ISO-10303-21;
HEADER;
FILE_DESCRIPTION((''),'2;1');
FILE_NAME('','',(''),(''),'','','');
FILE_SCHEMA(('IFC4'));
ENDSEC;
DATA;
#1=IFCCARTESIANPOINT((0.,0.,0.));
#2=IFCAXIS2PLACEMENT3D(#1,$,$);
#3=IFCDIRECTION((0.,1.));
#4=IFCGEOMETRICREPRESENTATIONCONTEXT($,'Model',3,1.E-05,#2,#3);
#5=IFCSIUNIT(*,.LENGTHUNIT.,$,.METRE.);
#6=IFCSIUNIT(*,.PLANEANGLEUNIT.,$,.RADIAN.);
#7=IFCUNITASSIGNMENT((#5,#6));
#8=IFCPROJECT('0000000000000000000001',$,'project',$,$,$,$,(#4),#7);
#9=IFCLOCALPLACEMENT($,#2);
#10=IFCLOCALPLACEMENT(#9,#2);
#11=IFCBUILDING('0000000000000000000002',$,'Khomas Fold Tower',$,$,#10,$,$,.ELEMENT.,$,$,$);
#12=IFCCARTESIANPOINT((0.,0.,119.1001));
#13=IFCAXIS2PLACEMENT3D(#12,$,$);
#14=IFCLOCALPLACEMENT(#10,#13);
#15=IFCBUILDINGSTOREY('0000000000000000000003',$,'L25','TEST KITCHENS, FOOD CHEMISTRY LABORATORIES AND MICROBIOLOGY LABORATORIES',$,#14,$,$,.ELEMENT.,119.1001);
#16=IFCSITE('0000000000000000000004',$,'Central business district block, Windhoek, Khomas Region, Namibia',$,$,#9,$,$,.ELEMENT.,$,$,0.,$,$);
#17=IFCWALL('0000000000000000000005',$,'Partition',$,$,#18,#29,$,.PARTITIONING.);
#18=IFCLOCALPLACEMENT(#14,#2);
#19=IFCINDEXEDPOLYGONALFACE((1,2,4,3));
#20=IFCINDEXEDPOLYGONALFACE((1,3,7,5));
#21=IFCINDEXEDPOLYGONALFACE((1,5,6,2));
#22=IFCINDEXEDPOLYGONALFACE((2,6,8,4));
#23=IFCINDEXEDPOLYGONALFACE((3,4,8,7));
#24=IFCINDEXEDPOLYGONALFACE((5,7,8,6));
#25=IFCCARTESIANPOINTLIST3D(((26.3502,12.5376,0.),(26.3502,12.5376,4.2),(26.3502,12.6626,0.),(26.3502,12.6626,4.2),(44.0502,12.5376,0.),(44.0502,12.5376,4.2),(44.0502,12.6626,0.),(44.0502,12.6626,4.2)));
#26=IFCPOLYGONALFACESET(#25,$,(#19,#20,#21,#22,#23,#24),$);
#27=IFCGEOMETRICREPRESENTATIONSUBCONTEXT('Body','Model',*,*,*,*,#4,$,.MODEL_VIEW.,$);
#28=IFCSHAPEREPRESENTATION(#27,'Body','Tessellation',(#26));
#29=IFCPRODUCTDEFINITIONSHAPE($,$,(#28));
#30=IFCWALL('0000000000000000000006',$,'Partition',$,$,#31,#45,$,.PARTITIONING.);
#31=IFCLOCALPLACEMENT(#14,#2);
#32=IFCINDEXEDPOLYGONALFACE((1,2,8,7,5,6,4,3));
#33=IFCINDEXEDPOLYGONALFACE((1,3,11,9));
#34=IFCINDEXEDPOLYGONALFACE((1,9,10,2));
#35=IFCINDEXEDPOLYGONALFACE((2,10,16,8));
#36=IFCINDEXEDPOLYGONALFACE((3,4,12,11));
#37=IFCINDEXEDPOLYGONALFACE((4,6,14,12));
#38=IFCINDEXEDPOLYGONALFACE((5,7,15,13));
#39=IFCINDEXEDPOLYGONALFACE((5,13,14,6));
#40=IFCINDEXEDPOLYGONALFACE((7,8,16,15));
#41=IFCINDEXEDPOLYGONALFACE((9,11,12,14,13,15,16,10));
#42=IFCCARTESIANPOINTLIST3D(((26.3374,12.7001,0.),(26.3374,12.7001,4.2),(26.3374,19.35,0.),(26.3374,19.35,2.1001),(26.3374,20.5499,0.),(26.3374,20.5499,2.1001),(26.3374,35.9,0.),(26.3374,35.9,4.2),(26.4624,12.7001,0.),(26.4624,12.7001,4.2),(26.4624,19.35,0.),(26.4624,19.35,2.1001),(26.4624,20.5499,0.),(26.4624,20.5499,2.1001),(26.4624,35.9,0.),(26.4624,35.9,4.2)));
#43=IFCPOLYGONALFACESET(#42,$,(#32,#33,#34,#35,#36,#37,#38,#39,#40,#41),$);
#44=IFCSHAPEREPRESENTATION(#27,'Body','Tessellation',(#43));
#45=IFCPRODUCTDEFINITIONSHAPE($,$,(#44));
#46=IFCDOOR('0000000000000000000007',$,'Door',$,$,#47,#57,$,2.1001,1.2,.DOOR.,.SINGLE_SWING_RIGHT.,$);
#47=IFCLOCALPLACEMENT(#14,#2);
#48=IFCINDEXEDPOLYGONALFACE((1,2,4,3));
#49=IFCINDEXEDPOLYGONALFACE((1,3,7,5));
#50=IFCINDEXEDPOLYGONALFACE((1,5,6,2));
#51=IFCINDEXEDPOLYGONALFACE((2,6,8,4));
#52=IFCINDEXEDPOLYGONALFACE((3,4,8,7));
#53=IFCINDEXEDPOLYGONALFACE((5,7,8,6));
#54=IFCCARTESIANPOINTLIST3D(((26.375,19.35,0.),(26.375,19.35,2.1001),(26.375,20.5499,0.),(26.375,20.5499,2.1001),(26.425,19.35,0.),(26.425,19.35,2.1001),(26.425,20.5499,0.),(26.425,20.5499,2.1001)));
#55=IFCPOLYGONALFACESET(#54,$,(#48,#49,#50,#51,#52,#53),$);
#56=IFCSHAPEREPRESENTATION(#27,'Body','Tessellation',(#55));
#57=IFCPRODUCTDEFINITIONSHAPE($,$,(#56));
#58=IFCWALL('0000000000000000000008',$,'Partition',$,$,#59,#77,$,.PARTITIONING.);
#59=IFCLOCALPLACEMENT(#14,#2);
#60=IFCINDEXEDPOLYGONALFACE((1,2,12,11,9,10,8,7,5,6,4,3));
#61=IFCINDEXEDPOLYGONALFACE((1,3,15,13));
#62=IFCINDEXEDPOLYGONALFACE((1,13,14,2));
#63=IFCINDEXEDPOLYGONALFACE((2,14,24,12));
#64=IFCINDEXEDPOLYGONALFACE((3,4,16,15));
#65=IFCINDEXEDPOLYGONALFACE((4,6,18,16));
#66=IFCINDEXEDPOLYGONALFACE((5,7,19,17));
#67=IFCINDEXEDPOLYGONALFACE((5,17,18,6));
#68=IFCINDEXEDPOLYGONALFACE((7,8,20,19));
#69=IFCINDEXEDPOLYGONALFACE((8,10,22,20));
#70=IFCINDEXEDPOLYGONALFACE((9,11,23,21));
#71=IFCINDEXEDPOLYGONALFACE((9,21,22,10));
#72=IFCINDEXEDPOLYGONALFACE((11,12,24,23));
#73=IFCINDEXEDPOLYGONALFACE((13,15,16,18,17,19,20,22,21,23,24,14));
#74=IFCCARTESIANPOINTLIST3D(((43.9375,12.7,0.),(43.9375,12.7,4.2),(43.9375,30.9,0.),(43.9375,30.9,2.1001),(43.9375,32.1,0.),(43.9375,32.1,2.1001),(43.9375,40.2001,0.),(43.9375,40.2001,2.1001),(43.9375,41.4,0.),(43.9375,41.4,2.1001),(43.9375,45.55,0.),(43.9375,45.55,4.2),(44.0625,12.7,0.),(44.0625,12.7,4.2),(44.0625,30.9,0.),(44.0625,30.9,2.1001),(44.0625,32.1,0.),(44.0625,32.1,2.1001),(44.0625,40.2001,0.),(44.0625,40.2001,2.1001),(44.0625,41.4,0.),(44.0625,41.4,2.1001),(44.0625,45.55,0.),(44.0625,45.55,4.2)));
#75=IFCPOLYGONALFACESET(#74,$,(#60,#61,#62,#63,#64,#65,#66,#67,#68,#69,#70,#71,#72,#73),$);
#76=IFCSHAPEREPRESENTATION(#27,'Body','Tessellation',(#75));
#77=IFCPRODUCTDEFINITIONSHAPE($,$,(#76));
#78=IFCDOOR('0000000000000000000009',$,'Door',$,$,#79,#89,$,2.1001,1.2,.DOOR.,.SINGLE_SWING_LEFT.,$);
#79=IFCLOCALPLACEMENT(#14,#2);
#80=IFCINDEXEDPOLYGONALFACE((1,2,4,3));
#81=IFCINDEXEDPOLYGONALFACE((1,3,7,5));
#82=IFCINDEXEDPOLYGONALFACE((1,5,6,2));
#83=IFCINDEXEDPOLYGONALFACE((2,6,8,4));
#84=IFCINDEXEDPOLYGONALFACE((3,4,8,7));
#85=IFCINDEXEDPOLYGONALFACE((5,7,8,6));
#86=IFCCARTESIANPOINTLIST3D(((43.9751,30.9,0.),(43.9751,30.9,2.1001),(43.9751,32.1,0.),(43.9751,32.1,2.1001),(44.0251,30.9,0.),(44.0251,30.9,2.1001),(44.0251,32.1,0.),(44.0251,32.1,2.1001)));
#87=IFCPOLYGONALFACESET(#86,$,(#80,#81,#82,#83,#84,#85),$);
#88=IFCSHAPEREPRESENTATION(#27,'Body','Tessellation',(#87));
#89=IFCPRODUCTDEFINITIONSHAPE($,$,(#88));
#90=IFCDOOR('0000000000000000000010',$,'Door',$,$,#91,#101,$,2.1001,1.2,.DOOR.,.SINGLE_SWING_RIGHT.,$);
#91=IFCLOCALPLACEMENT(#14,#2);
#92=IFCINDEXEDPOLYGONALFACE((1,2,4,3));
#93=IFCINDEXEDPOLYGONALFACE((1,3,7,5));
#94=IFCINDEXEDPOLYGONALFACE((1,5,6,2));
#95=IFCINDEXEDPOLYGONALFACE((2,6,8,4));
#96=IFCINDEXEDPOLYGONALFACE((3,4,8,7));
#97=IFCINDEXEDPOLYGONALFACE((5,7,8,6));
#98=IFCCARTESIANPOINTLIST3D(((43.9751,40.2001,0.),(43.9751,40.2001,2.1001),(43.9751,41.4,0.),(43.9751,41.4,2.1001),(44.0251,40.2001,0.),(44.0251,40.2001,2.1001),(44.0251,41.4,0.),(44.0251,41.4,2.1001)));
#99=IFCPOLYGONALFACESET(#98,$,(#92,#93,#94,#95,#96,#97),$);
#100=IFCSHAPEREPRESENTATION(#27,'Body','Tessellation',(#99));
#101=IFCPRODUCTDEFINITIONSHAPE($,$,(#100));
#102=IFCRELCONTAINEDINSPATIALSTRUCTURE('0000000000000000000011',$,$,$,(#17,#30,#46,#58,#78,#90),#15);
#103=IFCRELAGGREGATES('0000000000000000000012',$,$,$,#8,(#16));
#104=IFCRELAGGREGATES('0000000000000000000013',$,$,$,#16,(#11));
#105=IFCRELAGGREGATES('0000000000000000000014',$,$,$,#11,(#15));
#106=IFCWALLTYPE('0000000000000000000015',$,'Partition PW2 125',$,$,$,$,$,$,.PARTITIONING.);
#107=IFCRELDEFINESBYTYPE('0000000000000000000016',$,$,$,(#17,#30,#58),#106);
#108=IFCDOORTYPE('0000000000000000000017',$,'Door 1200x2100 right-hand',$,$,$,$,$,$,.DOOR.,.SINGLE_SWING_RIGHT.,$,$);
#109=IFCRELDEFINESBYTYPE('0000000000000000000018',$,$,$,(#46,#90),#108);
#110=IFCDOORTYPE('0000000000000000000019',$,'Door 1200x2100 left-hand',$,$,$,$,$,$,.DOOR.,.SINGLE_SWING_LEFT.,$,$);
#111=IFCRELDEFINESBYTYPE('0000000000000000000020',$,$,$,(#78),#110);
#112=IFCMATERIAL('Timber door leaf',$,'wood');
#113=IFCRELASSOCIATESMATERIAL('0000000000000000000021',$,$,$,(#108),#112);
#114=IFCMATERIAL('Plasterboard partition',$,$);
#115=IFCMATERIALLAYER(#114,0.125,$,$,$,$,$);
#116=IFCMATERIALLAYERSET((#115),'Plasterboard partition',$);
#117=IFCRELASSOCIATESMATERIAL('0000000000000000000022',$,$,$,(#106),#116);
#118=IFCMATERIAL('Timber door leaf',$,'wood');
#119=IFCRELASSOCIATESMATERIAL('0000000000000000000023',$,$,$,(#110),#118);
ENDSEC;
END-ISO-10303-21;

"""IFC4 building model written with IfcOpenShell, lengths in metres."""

from ifc_helpers import new_model, si_unit, direction, frame, frame_2d, origin, place, context, subcontext, project, spatial, rectangle, extrude, source, transform, mapped, material, layer, layer_set, type_object, element, fill, save


model = new_model("IFC4")

# Units and contexts
model_context = context("Model", 3, precision=1e-05, world=origin(), true_north=direction((0.0, 1.0)))
body_context = subcontext(model_context, "Body", "Model", "MODEL_VIEW")
ifc_project = project(units=[si_unit("LENGTHUNIT", "METRE"), si_unit("PLANEANGLEUNIT", "RADIAN")], contexts=[model_context])

# Site, building, storey
site_placement = place(None, origin())
site = spatial("IfcSite", under=ifc_project, at=site_placement, Name="Central business district block, Windhoek, Khomas Region, Namibia", CompositionType="ELEMENT", RefElevation=0.0)
building_placement = place(site_placement, origin())
building = spatial("IfcBuilding", under=site, at=building_placement, Name="Khomas Fold Tower", CompositionType="ELEMENT")
storey_placement = place(building_placement, frame((0.0, 0.0, 119.1001)))
storey = spatial("IfcBuildingStorey", under=building, at=storey_placement, Name="L25", Description="TEST KITCHENS, FOOD CHEMISTRY LABORATORIES AND MICROBIOLOGY LABORATORIES", CompositionType="ELEMENT", Elevation=119.1001)

# Shared definitions
ifc_material_1 = material(Name="Timber door leaf", Category="wood")
door_type_1 = type_object("IfcDoorType", Name="Door 1200x2100 right-hand", OperationType="SINGLE_SWING_RIGHT", PredefinedType="DOOR", material=ifc_material_1)

# Shared definitions
ifc_material_2 = material(Name="Plasterboard partition")
ifc_layer_1 = layer(ifc_material_2, 0.125)
ifc_layer_set_1 = layer_set([ifc_layer_1], Name="Plasterboard partition")
wall_type_1 = type_object("IfcWallType", Name="Partition PW2 125", PredefinedType="PARTITIONING", material=ifc_layer_set_1)

# Shared definitions
shared_shape_1 = source(origin(), body_context, "Body", "SweptSolid", [
    extrude(rectangle(XDim=1.2, YDim=2.1001, at=frame_2d((0.6001, 1.05))), frame((0.0, 0.0725, 0.0), z_axis=(0.0, -1.0, 0.0), x_axis=(1.0, 0.0, 0.0)), (0.0, 0.0, 1.0), 0.145),
])
shared_shape_2 = source(origin(), body_context, "Body", "SweptSolid", [
    extrude(rectangle(XDim=1.2, YDim=2.1001, at=frame_2d((0.6001, 1.05))), frame((0.0, 0.0249, 0.0), z_axis=(0.0, -1.0, 0.0), x_axis=(1.0, 0.0, 0.0)), (0.0, 0.0, 1.0), 0.05),
])

# Wall
shared_shape_3 = source(origin(), body_context, "Body", "SweptSolid", [
    extrude(rectangle(XDim=17.7, YDim=0.125, at=frame_2d((8.8501, 0.0))), origin(), (0.0, 0.0, 1.0), 4.2),
])
wall_1_placement = place(storey_placement, frame((26.3501, 12.6001, 0.0), z_axis=(0.0, 0.0, 1.0), x_axis=(1.0, 0.0, 0.0)))
element("IfcWall", 1, at=wall_1_placement, inside=storey, type_object=wall_type_1, Name="Partition", PredefinedType="PARTITIONING", context=body_context, shape_type="MappedRepresentation", body=[
    mapped(shared_shape_3, transform((0.0, 0.0, 0.0))),
])

# Wall, opening, door
shared_shape_4 = source(origin(), body_context, "Body", "SweptSolid", [
    extrude(rectangle(XDim=23.2, YDim=0.125, at=frame_2d((11.6001, 0.0))), origin(), (0.0, 0.0, 1.0), 4.2),
])
wall_2_placement = place(storey_placement, frame((26.3999, 12.7, 0.0), z_axis=(0.0, 0.0, 1.0), x_axis=(0.0, 1.0, 0.0)))
wall_2 = element("IfcWall", 2, at=wall_2_placement, inside=storey, type_object=wall_type_1, Name="Partition", PredefinedType="PARTITIONING", context=body_context, shape_type="MappedRepresentation", body=[
    mapped(shared_shape_4, transform((0.0, 0.0, 0.0))),
])
opening_1_placement = place(wall_2_placement, frame((6.6499, 0.0, 0.0)))
opening_1 = element("IfcOpeningElement", 3, at=opening_1_placement, cuts=wall_2, PredefinedType="OPENING", context=body_context, shape_type="MappedRepresentation", body=[
    mapped(shared_shape_1, transform((0.0, 0.0, 0.0))),
])
door_1_placement = place(opening_1_placement, origin())
door_1 = element("IfcDoor", 4, at=door_1_placement, inside=storey, type_object=door_type_1, Name="Door", OperationType="SINGLE_SWING_RIGHT", OverallHeight=2.1001, OverallWidth=1.2, PredefinedType="DOOR", context=body_context, shape_type="MappedRepresentation", body=[
    mapped(shared_shape_2, transform((0.0, 0.0, 0.0))),
])
fill(opening_1, door_1)

# Wall, openings, doors
shared_shape_5 = source(origin(), body_context, "Body", "SweptSolid", [
    extrude(rectangle(XDim=32.8501, YDim=0.125, at=frame_2d((16.425, 0.0))), origin(), (0.0, 0.0, 1.0), 4.2),
])
wall_3_placement = place(storey_placement, frame((44.0, 12.7, 0.0), z_axis=(0.0, 0.0, 1.0), x_axis=(0.0, 1.0, 0.0)))
wall_3 = element("IfcWall", 5, at=wall_3_placement, inside=storey, type_object=wall_type_1, Name="Partition", PredefinedType="PARTITIONING", context=body_context, shape_type="MappedRepresentation", body=[
    mapped(shared_shape_5, transform((0.0, 0.0, 0.0))),
])
opening_2_placement = place(wall_3_placement, frame((18.2, 0.0, 0.0)))
opening_2 = element("IfcOpeningElement", 6, at=opening_2_placement, cuts=wall_3, PredefinedType="OPENING", context=body_context, shape_type="MappedRepresentation", body=[
    mapped(shared_shape_1, transform((0.0, 0.0, 0.0))),
])
opening_3_placement = place(wall_3_placement, frame((27.5, 0.0, 0.0)))
opening_3 = element("IfcOpeningElement", 7, at=opening_3_placement, cuts=wall_3, PredefinedType="OPENING", context=body_context, shape_type="MappedRepresentation", body=[
    mapped(shared_shape_1, transform((0.0, 0.0, 0.0))),
])
ifc_material_3 = material(Name="Timber door leaf", Category="wood")
door_type_2 = type_object("IfcDoorType", Name="Door 1200x2100 left-hand", OperationType="SINGLE_SWING_LEFT", PredefinedType="DOOR", material=ifc_material_3)
door_2_placement = place(opening_2_placement, origin())
door_2 = element("IfcDoor", 8, at=door_2_placement, inside=storey, type_object=door_type_2, Name="Door", OperationType="SINGLE_SWING_LEFT", OverallHeight=2.1001, OverallWidth=1.2, PredefinedType="DOOR", context=body_context, shape_type="MappedRepresentation", body=[
    mapped(shared_shape_2, transform((0.0, 0.0, 0.0))),
])
fill(opening_2, door_2)
door_3_placement = place(opening_3_placement, origin())
door_3 = element("IfcDoor", 9, at=door_3_placement, inside=storey, type_object=door_type_1, Name="Door", OperationType="SINGLE_SWING_RIGHT", OverallHeight=2.1001, OverallWidth=1.2, PredefinedType="DOOR", context=body_context, shape_type="MappedRepresentation", body=[
    mapped(shared_shape_2, transform((0.0, 0.0, 0.0))),
])
fill(opening_3, door_3)

save(model, "model.ifc")
